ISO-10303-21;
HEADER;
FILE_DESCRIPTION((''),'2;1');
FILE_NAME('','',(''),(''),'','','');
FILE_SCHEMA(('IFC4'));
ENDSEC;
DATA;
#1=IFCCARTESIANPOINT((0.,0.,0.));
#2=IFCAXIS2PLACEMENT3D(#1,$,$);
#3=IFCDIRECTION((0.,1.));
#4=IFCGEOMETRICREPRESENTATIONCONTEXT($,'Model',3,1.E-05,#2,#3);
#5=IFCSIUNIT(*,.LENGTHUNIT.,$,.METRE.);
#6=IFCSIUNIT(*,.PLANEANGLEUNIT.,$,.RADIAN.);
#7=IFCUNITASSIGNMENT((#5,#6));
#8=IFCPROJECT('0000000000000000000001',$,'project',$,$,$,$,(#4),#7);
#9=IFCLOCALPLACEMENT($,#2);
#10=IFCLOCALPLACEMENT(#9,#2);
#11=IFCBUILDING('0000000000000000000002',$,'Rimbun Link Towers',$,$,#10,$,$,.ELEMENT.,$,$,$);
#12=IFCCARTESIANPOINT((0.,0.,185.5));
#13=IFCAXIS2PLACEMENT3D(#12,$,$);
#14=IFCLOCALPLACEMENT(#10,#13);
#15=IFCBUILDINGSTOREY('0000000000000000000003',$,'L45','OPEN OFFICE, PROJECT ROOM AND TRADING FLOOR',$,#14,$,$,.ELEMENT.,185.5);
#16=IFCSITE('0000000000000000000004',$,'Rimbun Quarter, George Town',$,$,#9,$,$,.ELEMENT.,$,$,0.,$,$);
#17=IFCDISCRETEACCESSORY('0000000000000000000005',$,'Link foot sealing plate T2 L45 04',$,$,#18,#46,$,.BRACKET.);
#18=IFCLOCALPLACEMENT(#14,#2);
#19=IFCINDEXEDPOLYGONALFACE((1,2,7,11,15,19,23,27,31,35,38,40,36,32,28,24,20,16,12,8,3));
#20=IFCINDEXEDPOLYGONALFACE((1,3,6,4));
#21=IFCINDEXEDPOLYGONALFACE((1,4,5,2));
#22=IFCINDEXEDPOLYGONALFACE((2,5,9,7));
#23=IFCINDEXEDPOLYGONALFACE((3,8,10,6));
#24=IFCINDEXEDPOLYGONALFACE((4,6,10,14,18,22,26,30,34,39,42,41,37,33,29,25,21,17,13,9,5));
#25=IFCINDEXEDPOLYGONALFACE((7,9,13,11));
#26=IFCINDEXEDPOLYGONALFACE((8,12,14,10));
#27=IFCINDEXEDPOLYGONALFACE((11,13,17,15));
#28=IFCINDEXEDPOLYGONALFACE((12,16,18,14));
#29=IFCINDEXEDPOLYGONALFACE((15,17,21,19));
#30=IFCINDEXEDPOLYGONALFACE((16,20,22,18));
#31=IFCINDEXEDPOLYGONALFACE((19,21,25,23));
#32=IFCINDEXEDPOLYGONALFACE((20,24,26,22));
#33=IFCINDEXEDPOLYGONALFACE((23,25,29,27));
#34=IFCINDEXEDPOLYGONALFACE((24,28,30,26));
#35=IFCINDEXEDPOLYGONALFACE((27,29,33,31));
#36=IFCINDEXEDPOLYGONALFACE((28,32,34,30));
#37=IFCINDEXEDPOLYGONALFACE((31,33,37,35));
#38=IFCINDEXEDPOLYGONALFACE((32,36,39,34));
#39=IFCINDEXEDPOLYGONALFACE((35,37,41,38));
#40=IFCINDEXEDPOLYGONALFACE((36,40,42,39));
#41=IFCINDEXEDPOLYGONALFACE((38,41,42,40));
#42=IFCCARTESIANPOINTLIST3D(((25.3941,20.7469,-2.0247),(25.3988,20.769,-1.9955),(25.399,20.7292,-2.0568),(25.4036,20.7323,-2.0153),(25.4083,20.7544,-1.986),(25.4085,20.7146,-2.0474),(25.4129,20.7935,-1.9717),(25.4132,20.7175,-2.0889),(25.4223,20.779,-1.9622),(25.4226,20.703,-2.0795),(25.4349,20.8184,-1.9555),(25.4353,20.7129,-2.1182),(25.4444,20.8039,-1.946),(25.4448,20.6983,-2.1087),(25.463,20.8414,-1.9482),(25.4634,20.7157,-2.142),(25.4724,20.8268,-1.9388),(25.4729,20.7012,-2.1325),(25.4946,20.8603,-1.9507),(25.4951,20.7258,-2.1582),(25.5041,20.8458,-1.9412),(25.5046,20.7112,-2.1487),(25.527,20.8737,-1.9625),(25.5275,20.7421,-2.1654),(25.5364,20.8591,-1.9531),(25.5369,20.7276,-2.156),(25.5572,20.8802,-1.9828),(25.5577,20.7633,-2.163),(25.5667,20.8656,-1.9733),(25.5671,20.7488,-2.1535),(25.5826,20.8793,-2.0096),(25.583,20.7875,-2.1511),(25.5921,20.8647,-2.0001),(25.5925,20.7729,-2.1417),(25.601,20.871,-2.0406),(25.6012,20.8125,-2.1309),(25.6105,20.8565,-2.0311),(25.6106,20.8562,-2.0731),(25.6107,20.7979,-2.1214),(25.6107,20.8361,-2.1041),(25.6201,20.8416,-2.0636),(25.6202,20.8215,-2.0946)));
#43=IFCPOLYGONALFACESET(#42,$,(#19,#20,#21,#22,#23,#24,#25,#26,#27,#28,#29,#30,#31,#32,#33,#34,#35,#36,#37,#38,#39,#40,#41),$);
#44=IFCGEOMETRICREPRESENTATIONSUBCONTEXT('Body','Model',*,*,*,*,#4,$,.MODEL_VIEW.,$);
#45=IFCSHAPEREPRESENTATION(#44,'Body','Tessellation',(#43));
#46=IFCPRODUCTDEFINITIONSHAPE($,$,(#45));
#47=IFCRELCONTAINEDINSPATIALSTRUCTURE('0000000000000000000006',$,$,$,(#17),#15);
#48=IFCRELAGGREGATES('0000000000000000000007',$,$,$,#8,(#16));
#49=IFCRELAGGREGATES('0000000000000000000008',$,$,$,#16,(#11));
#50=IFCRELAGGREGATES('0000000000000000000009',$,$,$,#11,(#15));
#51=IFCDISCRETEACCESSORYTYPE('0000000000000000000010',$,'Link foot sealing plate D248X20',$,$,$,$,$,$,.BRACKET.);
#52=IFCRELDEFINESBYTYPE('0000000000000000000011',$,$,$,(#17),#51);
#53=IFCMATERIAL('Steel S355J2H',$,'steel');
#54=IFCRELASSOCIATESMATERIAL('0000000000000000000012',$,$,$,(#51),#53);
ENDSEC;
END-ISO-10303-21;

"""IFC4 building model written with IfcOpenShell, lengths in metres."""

from ifc_helpers import new_model, si_unit, direction, frame, origin, origin_2d, place, context, subcontext, project, spatial, circle, extrude, material, material_profile, profile_set, type_object, element, save


model = new_model("IFC4")

# Units and contexts
model_context = context("Model", 3, precision=1e-05, world=origin(), true_north=direction((0.0, 1.0)))
body_context = subcontext(model_context, "Body", "Model", "MODEL_VIEW")
ifc_project = project(units=[si_unit("LENGTHUNIT", "METRE"), si_unit("PLANEANGLEUNIT", "RADIAN")], contexts=[model_context])

# Site, building, storey
site_placement = place(None, origin())
site = spatial("IfcSite", under=ifc_project, at=site_placement, Name="Rimbun Quarter, George Town", CompositionType="ELEMENT", RefElevation=0.0)
building_placement = place(site_placement, origin())
building = spatial("IfcBuilding", under=site, at=building_placement, Name="Rimbun Link Towers", CompositionType="ELEMENT")
storey_placement = place(building_placement, frame((0.0, 0.0, 185.5)))
storey = spatial("IfcBuildingStorey", under=building, at=storey_placement, Name="L45", Description="OPEN OFFICE, PROJECT ROOM AND TRADING FLOOR", CompositionType="ELEMENT", Elevation=185.5)

# Discrete accessory
ifc_material_1 = material(Name="Steel S355J2H", Category="steel")
ifc_material_profile_1 = material_profile(ifc_material_1, circle(Radius=0.124, at=origin_2d()), Name="PL D248")
ifc_profile_set_1 = profile_set([ifc_material_profile_1], Name="Steel S355J2H")
discrete_accessory_type = type_object("IfcDiscreteAccessoryType", Name="Link foot sealing plate D248X20", PredefinedType="BRACKET", material=ifc_profile_set_1)
discrete_accessory_placement = place(storey_placement, frame((25.5125, 20.7822, -2.0474), z_axis=(-0.478537, 0.73621, -0.478537), x_axis=(-0.838444, -0.544988, 0.0)))
element("IfcDiscreteAccessory", 1, at=discrete_accessory_placement, inside=storey, type_object=discrete_accessory_type, Name="Link foot sealing plate T2 L45 04", PredefinedType="BRACKET", context=body_context, shape_type="SweptSolid", body=[
    extrude(circle(Radius=0.124, at=origin_2d()), origin(), (0.0, 0.0, 1.0), 0.0198),
])

save(model, "model.ifc")
